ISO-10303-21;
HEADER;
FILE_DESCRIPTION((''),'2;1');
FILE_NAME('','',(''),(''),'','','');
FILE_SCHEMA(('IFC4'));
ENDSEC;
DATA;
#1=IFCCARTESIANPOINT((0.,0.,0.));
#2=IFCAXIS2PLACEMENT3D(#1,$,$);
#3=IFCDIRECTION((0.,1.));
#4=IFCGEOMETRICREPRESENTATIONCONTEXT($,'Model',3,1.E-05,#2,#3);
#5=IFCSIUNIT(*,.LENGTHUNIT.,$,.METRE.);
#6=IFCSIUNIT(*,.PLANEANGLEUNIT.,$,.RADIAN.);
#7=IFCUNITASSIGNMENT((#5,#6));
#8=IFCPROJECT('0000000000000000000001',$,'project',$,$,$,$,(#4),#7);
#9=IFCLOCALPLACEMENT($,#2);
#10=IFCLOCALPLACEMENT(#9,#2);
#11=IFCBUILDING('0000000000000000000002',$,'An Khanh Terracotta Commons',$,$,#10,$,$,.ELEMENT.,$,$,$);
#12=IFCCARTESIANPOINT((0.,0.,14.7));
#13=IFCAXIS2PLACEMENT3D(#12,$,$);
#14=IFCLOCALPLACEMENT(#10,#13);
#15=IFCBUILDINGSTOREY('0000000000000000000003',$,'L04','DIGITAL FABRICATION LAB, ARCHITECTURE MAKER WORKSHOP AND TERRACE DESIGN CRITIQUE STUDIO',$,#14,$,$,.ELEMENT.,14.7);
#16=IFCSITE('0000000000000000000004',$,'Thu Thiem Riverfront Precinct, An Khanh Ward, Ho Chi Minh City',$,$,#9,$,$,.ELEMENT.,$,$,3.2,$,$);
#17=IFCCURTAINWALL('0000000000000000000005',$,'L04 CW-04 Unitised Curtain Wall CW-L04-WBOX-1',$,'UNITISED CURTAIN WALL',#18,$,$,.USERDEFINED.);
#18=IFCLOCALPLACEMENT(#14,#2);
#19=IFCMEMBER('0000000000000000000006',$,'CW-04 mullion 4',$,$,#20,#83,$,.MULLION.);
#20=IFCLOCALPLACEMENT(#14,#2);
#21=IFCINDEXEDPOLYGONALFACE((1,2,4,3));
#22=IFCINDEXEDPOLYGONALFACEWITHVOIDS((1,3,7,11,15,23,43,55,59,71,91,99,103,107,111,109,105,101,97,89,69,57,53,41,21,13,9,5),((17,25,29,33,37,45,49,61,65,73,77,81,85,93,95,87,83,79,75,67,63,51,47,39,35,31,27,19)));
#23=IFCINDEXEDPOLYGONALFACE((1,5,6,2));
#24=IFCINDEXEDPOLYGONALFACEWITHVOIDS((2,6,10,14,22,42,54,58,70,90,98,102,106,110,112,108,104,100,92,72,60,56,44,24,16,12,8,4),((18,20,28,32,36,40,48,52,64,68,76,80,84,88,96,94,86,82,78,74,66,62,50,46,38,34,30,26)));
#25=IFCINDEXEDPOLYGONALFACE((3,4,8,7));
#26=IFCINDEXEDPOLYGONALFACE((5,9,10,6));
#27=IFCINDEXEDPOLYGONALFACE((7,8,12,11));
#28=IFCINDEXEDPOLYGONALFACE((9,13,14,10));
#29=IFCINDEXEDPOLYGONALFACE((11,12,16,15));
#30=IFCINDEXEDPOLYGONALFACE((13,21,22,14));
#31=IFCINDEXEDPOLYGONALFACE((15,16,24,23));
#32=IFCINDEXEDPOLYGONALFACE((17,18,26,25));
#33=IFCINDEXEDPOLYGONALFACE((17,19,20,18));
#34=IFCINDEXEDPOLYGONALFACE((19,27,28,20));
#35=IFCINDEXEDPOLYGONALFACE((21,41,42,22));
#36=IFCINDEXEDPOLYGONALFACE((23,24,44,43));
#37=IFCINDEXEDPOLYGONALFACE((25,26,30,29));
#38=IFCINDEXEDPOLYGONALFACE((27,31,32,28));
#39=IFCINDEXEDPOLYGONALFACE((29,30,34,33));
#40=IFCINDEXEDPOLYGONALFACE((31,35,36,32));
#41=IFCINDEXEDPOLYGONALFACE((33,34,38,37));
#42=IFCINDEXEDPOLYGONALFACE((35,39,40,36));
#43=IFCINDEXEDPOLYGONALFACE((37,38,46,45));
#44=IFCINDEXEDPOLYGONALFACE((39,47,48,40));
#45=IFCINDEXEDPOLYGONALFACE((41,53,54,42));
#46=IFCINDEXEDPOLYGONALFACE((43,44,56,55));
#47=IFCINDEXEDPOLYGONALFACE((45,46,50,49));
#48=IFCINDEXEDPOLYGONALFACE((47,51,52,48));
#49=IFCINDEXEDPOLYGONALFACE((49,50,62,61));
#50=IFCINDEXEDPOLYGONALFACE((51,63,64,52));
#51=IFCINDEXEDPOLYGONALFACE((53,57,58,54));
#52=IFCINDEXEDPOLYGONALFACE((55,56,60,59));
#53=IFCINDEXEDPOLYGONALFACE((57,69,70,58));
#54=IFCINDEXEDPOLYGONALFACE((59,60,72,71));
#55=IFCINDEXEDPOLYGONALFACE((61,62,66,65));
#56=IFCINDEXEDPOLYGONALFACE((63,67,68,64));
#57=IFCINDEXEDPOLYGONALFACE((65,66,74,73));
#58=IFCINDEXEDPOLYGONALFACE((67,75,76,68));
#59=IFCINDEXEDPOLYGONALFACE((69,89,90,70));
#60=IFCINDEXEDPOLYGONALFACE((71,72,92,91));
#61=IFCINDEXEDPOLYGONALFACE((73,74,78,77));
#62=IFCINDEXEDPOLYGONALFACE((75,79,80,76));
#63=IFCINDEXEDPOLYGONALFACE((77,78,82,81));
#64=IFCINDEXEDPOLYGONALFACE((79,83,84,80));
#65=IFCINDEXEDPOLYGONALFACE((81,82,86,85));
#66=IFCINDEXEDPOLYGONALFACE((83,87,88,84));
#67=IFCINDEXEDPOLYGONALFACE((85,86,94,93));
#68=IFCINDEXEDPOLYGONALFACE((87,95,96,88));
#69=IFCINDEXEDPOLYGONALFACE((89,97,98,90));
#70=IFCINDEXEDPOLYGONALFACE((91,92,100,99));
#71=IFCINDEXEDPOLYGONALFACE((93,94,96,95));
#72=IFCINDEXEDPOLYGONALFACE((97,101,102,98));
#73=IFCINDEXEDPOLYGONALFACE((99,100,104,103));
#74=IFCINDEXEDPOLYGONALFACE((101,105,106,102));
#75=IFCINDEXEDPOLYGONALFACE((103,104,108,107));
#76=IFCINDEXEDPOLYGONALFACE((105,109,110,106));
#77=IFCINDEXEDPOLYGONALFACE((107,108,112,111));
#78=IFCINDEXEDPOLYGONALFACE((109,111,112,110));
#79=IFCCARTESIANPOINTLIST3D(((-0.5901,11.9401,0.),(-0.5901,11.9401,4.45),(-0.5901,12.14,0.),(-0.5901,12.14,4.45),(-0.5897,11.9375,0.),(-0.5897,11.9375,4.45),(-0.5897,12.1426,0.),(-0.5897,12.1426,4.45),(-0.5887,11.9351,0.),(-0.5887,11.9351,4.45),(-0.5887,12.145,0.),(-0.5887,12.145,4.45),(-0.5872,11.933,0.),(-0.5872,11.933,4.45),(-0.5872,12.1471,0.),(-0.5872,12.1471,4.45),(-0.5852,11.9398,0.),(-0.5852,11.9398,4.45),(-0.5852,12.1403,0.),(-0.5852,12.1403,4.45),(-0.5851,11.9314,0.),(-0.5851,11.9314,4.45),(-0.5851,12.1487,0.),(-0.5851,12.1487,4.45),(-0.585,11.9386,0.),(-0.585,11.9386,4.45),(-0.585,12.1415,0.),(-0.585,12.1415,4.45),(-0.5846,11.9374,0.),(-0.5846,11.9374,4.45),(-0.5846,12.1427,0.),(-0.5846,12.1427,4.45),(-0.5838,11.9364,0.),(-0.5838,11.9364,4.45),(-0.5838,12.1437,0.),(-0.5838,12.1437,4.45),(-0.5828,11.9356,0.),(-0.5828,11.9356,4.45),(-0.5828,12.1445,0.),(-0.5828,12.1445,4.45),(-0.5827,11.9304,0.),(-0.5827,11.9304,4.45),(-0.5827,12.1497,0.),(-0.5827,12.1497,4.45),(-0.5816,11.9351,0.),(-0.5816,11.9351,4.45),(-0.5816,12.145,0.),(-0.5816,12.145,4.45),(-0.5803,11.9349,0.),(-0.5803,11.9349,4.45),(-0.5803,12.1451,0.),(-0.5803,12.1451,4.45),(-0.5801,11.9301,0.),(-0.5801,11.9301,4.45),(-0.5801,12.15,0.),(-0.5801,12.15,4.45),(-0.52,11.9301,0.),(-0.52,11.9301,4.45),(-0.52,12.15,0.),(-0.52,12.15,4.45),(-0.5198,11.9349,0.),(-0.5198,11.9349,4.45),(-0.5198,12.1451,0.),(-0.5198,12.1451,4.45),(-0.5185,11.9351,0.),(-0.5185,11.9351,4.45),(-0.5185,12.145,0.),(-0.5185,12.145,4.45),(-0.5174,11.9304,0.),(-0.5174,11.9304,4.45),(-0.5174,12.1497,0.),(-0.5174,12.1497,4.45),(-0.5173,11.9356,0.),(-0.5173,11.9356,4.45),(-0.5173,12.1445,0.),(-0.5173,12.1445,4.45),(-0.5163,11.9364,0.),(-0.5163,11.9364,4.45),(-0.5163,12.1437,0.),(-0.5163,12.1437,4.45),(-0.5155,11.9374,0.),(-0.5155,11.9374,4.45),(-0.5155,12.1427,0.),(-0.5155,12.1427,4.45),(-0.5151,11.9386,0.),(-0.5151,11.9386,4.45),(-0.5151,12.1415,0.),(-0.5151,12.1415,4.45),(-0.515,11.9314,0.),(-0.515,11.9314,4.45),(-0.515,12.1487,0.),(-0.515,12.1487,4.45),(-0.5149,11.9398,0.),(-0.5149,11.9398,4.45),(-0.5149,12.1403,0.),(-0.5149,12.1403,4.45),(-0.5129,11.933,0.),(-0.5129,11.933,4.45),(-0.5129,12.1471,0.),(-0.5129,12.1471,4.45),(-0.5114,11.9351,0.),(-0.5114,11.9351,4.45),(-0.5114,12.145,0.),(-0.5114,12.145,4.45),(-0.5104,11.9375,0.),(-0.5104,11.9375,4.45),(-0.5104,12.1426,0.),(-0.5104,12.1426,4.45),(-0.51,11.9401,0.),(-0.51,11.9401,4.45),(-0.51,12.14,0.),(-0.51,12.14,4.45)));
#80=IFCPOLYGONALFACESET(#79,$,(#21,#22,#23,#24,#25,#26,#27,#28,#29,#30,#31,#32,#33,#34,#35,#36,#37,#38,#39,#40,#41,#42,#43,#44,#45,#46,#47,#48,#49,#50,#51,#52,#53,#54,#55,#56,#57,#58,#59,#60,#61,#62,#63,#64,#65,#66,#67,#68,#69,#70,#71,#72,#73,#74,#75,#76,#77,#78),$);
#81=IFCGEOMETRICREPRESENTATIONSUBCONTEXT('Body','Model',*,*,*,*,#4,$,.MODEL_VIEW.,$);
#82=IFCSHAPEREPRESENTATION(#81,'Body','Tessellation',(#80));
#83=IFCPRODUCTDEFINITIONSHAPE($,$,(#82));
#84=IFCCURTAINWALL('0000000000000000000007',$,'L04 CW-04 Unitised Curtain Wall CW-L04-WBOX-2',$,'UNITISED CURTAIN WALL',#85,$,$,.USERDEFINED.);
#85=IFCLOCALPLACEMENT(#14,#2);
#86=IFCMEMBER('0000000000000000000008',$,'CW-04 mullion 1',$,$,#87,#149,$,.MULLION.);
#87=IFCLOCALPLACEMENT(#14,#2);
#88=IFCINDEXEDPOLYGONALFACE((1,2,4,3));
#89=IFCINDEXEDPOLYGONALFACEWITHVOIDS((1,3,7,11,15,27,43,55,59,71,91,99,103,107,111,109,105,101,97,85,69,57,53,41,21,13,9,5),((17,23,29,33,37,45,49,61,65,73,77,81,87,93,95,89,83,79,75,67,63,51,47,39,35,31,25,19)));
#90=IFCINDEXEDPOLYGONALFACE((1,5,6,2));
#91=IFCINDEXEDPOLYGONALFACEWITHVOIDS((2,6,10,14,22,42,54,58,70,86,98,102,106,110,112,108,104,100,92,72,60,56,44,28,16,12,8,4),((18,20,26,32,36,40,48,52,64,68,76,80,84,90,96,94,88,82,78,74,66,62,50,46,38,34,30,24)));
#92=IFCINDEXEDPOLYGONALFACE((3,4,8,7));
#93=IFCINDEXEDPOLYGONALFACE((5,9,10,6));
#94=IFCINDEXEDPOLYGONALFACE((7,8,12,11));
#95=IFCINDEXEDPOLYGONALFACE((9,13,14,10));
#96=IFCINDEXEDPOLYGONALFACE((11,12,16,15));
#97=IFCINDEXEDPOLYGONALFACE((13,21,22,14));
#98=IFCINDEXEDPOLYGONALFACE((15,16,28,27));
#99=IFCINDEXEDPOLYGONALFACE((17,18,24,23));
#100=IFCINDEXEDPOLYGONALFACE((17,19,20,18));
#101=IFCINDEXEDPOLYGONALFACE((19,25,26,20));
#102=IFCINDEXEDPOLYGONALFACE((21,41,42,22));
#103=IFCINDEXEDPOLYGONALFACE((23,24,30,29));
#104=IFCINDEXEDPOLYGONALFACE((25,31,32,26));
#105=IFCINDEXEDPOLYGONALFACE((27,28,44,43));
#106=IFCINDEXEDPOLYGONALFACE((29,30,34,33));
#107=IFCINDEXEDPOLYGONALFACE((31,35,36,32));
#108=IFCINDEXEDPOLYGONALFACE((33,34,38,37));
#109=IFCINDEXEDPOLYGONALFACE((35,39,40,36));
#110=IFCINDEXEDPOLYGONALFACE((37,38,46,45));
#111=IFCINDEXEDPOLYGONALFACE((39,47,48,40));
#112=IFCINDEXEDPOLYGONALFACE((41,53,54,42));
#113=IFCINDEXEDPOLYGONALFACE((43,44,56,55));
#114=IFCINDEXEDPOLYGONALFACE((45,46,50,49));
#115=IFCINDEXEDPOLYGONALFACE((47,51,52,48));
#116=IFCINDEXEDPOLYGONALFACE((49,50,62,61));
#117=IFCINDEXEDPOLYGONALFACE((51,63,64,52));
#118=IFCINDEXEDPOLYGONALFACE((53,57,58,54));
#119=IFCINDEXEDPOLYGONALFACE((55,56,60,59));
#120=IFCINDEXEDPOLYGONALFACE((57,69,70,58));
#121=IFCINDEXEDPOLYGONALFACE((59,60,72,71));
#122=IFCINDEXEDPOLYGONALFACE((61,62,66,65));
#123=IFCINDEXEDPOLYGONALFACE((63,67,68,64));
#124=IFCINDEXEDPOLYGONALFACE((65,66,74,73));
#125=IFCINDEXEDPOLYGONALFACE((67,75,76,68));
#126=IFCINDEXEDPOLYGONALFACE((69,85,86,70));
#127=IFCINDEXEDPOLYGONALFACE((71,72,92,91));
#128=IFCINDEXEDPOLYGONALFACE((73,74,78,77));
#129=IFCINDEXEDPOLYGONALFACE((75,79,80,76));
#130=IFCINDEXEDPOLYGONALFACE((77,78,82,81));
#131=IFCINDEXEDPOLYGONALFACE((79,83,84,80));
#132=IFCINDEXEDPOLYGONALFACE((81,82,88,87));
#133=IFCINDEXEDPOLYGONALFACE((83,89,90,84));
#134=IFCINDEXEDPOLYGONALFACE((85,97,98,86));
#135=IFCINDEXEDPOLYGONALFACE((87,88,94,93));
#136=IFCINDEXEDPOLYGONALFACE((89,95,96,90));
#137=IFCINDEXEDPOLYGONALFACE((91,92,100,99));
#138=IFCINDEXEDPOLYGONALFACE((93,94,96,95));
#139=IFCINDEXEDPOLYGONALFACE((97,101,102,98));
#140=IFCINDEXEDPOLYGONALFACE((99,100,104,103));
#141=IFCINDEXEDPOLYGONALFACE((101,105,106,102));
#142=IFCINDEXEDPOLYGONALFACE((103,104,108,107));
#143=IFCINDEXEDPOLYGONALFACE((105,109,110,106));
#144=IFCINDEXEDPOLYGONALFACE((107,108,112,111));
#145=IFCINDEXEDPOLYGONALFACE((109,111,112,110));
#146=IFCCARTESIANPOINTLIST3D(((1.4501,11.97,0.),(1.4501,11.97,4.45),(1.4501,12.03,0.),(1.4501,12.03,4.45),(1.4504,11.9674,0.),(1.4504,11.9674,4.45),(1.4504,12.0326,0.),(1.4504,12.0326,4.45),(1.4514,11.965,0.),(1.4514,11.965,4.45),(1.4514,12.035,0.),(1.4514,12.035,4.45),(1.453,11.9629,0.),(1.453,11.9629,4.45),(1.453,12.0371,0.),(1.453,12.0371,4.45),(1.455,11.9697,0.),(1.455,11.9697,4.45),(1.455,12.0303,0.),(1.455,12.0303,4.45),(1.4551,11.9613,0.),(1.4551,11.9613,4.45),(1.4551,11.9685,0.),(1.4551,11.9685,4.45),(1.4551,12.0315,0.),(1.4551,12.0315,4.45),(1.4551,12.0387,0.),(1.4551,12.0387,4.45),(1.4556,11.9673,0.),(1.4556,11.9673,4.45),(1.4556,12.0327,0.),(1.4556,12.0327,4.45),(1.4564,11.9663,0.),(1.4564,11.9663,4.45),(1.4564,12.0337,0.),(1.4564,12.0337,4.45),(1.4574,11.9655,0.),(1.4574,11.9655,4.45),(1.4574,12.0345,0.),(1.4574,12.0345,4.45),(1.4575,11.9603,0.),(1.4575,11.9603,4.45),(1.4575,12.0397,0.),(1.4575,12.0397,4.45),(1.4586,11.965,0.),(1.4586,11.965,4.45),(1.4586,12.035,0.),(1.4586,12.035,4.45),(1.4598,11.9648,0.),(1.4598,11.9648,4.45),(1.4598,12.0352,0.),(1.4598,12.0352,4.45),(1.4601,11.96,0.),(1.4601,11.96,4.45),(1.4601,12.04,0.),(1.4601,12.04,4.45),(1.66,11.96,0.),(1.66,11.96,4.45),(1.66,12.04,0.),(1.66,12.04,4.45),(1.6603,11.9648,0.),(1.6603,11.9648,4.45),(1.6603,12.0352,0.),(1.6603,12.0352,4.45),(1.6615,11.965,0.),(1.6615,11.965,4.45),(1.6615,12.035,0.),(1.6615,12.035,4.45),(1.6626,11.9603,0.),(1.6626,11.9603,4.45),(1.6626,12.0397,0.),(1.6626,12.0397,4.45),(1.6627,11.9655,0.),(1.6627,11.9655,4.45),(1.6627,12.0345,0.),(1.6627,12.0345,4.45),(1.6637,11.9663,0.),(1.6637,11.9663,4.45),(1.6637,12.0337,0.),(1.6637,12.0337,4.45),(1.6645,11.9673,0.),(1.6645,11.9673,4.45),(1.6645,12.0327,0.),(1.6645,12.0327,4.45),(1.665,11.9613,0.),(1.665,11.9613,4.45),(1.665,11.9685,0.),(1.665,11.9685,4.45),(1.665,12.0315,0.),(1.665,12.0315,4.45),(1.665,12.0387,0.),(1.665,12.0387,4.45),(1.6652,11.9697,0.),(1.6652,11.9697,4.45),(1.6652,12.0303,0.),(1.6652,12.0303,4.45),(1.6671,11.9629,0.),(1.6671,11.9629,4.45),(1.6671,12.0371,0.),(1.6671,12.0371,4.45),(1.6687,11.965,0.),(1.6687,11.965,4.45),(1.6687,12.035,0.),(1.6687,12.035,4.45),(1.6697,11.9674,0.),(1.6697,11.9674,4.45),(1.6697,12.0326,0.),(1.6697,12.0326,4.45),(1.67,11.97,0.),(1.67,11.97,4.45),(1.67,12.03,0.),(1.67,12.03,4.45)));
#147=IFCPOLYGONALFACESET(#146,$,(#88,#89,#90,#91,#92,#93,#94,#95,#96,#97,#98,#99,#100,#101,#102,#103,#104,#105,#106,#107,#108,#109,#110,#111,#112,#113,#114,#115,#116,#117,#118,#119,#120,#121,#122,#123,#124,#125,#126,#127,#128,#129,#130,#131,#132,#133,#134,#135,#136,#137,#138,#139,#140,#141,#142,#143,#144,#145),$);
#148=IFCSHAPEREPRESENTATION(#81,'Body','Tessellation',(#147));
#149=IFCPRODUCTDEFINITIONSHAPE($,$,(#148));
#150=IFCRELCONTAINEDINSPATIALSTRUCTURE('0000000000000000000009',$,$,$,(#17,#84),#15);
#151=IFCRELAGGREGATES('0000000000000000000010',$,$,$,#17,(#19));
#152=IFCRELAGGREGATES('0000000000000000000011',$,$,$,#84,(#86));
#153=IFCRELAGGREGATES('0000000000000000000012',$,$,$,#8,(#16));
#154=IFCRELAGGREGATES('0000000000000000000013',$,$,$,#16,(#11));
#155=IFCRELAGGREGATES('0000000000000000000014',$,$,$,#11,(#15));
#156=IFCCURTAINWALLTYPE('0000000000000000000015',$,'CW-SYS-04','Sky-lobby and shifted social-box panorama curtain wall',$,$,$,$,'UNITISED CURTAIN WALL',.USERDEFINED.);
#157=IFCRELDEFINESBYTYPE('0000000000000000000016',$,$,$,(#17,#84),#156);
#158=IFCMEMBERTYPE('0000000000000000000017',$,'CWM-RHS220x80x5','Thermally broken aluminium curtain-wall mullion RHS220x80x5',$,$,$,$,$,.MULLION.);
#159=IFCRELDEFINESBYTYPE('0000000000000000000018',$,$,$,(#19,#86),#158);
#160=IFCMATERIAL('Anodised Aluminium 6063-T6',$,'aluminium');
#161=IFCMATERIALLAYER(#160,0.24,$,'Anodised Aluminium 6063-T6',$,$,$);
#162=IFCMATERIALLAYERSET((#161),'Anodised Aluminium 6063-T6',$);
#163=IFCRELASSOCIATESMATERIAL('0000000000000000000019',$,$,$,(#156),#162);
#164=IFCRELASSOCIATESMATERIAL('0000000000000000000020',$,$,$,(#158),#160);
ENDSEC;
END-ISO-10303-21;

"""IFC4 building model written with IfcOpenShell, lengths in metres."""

from ifc_helpers import new_model, si_unit, direction, frame, origin, origin_2d, place, context, subcontext, project, spatial, hollow_rectangle, extrude, material, layer, layer_set, material_profile, profile_set, type_object, element, aggregate, save


model = new_model("IFC4")

# Units and contexts
model_context = context("Model", 3, precision=1e-05, world=origin(), true_north=direction((0.0, 1.0)))
body_context = subcontext(model_context, "Body", "Model", "MODEL_VIEW")
ifc_project = project(units=[si_unit("LENGTHUNIT", "METRE"), si_unit("PLANEANGLEUNIT", "RADIAN")], contexts=[model_context])

# Site, building, storey
site_placement = place(None, origin())
site = spatial("IfcSite", under=ifc_project, at=site_placement, Name="Thu Thiem Riverfront Precinct, An Khanh Ward, Ho Chi Minh City", CompositionType="ELEMENT", RefElevation=3.2)
building_placement = place(site_placement, origin())
building = spatial("IfcBuilding", under=site, at=building_placement, Name="An Khanh Terracotta Commons", CompositionType="ELEMENT")
storey_placement = place(building_placement, frame((0.0, 0.0, 14.7)))
storey = spatial("IfcBuildingStorey", under=building, at=storey_placement, Name="L04", Description="DIGITAL FABRICATION LAB, ARCHITECTURE MAKER WORKSHOP AND TERRACE DESIGN CRITIQUE STUDIO", CompositionType="ELEMENT", Elevation=14.7)

# Curtain walls, members
ifc_material_1 = material(Name="Anodised Aluminium 6063-T6", Category="aluminium")
ifc_layer_1 = layer(ifc_material_1, 0.24, Name="Anodised Aluminium 6063-T6")
ifc_layer_set_1 = layer_set([ifc_layer_1], Name="Anodised Aluminium 6063-T6")
curtain_wall_type = type_object("IfcCurtainWallType", Name="CW-SYS-04", Description="Sky-lobby and shifted social-box panorama curtain wall", ElementType="UNITISED CURTAIN WALL", PredefinedType="USERDEFINED", material=ifc_layer_set_1)
curtain_wall_1_placement = place(storey_placement, origin())
curtain_wall_1 = element("IfcCurtainWall", 1, at=curtain_wall_1_placement, inside=storey, type_object=curtain_wall_type, Name="L04 CW-04 Unitised Curtain Wall CW-L04-WBOX-1", ObjectType="UNITISED CURTAIN WALL", PredefinedType="USERDEFINED")
ifc_material_profile_1 = material_profile(ifc_material_1, hollow_rectangle(XDim=0.0801, YDim=0.22, WallThickness=0.0049, InnerFilletRadius=0.0049, OuterFilletRadius=0.01, at=origin_2d()), Name="RHS220x80x5")
ifc_profile_set_1 = profile_set([ifc_material_profile_1], Name="Anodised Aluminium 6063-T6")
member_type_1 = type_object("IfcMemberType", Name="CWM-RHS220x80x5", Description="Thermally broken aluminium curtain-wall mullion RHS220x80x5", PredefinedType="MULLION", material=ifc_profile_set_1)
member_1_placement = place(storey_placement, frame((-0.55, 12.04, 0.0), z_axis=(0.0, 0.0, 1.0), x_axis=(1.0, 0.0, 0.0)))
member_1 = element("IfcMember", 2, at=member_1_placement, type_object=member_type_1, Name="CW-04 mullion 4", PredefinedType="MULLION", context=body_context, shape_type="SweptSolid", body=[
    extrude(hollow_rectangle(XDim=0.0801, YDim=0.22, WallThickness=0.0049, InnerFilletRadius=0.0049, OuterFilletRadius=0.01, at=origin_2d()), origin(), (0.0, 0.0, 1.0), 4.45),
])
curtain_wall_2_placement = place(storey_placement, origin())
curtain_wall_2 = element("IfcCurtainWall", 3, at=curtain_wall_2_placement, inside=storey, type_object=curtain_wall_type, Name="L04 CW-04 Unitised Curtain Wall CW-L04-WBOX-2", ObjectType="UNITISED CURTAIN WALL", PredefinedType="USERDEFINED")
member_2_placement = place(storey_placement, frame((1.5601, 12.0, 0.0), z_axis=(0.0, 0.0, 1.0), x_axis=(0.0, -1.0, 0.0)))
member_2 = element("IfcMember", 4, at=member_2_placement, type_object=member_type_1, Name="CW-04 mullion 1", PredefinedType="MULLION", context=body_context, shape_type="SweptSolid", body=[
    extrude(hollow_rectangle(XDim=0.0801, YDim=0.22, WallThickness=0.0049, InnerFilletRadius=0.0049, OuterFilletRadius=0.01, at=origin_2d()), origin(), (0.0, 0.0, 1.0), 4.45),
])

aggregate(curtain_wall_1, [member_1])
aggregate(curtain_wall_2, [member_2])

save(model, "model.ifc")
